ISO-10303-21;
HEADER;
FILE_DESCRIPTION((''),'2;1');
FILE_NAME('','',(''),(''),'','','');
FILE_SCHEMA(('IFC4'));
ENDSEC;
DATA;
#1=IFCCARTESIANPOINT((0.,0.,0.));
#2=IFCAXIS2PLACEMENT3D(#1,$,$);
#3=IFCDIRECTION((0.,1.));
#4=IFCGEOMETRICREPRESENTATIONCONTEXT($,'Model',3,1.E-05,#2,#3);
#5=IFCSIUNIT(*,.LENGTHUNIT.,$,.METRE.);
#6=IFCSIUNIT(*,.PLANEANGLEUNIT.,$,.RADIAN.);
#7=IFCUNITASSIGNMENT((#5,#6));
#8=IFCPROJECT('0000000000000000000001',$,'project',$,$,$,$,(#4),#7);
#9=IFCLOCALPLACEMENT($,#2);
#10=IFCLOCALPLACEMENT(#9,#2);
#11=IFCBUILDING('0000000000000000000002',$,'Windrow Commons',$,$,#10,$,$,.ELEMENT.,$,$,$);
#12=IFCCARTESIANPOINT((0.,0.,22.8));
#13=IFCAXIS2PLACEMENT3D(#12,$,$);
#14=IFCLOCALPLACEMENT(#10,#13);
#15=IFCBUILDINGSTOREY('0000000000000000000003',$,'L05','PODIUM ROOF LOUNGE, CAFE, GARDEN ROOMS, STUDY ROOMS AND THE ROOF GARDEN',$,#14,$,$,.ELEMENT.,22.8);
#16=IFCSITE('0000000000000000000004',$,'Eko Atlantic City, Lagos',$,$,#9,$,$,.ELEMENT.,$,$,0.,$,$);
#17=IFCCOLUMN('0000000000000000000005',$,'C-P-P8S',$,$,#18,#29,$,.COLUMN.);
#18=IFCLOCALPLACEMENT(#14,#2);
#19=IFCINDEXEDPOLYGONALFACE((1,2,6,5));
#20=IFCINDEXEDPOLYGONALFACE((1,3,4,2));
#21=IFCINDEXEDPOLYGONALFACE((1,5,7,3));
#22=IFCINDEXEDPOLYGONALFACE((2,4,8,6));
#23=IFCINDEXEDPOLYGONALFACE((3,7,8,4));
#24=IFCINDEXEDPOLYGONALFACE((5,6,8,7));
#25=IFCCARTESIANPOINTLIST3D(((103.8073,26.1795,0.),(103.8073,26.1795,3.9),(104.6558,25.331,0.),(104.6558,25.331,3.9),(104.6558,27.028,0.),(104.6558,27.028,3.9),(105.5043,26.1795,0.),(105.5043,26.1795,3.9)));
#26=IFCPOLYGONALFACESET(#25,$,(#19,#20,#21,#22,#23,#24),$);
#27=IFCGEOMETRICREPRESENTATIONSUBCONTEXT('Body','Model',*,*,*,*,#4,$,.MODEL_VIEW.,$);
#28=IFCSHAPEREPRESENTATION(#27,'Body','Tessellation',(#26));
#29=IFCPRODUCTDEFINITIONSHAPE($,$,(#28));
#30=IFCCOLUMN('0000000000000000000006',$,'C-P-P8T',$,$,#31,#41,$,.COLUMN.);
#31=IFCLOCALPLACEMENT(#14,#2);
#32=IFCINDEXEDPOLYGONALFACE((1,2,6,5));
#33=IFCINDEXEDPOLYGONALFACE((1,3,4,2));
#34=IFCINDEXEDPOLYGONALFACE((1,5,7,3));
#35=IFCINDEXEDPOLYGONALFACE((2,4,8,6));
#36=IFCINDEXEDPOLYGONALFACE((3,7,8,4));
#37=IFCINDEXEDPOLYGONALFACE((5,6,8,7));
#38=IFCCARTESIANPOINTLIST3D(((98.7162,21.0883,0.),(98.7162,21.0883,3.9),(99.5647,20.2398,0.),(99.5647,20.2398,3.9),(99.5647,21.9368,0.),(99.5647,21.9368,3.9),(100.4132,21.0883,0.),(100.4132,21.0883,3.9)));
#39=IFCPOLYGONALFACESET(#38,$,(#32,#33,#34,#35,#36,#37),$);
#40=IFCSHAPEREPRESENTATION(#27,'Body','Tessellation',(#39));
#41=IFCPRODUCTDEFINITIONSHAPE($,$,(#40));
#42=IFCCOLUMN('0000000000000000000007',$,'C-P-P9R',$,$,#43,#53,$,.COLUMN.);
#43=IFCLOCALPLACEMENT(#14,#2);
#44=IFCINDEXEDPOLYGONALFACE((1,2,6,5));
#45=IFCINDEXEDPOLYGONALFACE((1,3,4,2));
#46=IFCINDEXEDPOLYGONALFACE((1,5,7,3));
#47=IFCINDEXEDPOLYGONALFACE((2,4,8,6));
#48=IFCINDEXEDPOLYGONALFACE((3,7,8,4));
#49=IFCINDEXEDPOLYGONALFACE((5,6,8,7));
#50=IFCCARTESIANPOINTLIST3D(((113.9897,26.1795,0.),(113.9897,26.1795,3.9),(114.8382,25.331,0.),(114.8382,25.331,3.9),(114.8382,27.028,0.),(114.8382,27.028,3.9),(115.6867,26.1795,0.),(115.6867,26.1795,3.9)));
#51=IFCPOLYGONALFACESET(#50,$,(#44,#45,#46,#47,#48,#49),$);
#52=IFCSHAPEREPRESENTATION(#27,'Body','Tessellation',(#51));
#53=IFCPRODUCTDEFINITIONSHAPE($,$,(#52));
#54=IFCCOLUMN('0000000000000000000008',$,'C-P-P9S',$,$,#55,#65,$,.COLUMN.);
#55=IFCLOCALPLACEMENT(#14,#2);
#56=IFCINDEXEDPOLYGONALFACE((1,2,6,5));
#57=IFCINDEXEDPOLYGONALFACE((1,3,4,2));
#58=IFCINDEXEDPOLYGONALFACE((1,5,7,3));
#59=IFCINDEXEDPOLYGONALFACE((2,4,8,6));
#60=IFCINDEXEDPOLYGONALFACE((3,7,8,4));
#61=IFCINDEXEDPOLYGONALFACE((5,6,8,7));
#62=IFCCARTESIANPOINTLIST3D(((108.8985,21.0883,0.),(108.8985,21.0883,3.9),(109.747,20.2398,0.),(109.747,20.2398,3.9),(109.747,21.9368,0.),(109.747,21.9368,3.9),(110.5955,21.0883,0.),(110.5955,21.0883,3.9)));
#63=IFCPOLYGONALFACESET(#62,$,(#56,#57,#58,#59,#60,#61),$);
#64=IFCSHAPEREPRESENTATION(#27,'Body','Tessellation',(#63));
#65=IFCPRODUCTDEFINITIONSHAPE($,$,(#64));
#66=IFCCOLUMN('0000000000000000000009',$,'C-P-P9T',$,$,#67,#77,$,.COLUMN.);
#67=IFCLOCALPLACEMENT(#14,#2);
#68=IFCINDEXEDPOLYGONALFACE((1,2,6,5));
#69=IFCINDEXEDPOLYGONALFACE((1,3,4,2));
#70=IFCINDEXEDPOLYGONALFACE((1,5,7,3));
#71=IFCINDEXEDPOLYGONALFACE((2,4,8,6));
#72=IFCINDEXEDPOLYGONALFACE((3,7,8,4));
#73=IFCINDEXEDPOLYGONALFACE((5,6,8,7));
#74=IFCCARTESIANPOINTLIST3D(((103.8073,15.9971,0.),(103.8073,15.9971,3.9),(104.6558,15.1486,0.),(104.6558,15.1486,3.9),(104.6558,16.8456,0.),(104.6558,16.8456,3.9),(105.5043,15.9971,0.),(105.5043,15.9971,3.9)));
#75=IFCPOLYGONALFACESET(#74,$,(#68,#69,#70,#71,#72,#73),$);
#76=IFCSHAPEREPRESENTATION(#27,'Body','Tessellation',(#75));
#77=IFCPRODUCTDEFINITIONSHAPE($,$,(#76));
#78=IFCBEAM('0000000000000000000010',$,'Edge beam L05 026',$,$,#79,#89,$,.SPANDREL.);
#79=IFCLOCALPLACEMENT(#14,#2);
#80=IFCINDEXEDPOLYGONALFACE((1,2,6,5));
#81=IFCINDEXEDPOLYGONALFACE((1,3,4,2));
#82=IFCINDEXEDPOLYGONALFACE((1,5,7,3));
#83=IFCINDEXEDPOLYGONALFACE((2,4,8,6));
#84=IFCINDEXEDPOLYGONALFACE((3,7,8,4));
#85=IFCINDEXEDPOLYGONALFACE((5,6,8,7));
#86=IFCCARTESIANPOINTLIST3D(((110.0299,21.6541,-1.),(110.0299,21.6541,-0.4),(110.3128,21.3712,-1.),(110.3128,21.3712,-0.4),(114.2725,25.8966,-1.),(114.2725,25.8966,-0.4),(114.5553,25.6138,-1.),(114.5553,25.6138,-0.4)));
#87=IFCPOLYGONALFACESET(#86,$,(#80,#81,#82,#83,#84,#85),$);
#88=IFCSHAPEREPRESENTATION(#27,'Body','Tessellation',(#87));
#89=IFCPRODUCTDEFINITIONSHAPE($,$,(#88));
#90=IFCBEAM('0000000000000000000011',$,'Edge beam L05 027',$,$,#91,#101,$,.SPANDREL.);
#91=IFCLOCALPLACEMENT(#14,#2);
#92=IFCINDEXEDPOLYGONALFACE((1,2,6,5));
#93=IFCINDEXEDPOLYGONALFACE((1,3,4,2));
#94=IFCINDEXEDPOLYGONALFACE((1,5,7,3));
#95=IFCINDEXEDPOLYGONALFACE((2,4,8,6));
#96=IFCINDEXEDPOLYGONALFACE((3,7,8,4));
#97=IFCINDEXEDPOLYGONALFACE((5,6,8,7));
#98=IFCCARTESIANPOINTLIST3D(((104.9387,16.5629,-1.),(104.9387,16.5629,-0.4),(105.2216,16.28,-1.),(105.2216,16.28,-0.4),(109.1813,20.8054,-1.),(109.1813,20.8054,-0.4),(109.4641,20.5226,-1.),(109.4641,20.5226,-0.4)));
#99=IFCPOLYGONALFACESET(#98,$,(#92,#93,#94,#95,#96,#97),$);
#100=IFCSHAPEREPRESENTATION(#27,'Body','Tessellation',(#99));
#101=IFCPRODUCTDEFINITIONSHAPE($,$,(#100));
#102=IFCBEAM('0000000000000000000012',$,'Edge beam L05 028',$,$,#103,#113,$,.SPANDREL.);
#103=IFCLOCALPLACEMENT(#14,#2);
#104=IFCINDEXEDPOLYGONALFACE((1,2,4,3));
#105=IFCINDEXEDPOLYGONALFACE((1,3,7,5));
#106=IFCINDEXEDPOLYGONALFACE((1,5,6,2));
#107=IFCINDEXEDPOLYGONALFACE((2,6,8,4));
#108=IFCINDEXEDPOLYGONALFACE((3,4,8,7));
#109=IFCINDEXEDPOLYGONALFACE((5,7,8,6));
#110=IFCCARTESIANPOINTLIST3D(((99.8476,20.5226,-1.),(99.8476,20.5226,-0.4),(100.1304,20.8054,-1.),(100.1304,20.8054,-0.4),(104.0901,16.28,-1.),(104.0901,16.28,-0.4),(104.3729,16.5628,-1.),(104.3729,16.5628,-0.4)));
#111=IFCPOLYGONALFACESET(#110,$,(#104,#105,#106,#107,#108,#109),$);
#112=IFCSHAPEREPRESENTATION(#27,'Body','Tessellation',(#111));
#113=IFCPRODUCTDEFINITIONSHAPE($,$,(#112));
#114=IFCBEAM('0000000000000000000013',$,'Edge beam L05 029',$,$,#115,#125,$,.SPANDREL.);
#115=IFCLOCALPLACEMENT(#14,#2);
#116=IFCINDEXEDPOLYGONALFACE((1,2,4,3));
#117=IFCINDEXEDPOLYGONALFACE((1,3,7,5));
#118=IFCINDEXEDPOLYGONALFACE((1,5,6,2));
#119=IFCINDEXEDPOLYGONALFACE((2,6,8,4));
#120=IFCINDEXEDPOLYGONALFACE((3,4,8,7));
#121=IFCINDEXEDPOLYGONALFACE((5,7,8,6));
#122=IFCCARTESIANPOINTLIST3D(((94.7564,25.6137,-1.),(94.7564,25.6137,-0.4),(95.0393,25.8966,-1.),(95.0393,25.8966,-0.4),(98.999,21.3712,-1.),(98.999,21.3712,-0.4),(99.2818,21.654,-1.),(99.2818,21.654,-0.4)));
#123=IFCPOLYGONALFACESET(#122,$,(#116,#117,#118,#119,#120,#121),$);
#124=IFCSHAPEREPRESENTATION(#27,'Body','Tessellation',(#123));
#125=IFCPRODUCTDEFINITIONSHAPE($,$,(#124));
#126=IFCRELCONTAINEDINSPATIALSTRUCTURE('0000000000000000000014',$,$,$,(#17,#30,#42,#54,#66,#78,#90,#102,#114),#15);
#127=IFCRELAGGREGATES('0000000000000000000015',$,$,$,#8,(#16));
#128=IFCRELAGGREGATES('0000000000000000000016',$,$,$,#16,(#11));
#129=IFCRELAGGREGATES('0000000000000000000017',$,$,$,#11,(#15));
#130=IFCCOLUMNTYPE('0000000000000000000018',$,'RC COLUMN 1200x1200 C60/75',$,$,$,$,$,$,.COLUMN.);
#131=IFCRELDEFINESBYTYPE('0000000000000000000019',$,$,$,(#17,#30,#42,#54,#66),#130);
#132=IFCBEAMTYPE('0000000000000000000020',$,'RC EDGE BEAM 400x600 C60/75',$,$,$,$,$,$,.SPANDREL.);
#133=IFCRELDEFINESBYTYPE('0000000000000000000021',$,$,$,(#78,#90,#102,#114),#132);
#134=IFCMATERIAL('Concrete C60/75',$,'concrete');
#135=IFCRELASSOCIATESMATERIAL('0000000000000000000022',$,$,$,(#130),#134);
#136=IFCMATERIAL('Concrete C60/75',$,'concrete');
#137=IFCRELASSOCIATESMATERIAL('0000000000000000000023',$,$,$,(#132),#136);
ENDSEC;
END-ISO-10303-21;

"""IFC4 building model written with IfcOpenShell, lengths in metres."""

from ifc_helpers import new_model, si_unit, direction, frame, origin, origin_2d, place, context, subcontext, project, spatial, rectangle, extrude, material, material_profile, profile_set, type_object, element, save


model = new_model("IFC4")

# Units and contexts
model_context = context("Model", 3, precision=1e-05, world=origin(), true_north=direction((0.0, 1.0)))
body_context = subcontext(model_context, "Body", "Model", "MODEL_VIEW")
ifc_project = project(units=[si_unit("LENGTHUNIT", "METRE"), si_unit("PLANEANGLEUNIT", "RADIAN")], contexts=[model_context])

# Site, building, storey
site_placement = place(None, origin())
site = spatial("IfcSite", under=ifc_project, at=site_placement, Name="Eko Atlantic City, Lagos", CompositionType="ELEMENT", RefElevation=0.0)
building_placement = place(site_placement, origin())
building = spatial("IfcBuilding", under=site, at=building_placement, Name="Windrow Commons", CompositionType="ELEMENT")
storey_placement = place(building_placement, frame((0.0, 0.0, 22.8)))
storey = spatial("IfcBuildingStorey", under=building, at=storey_placement, Name="L05", Description="PODIUM ROOF LOUNGE, CAFE, GARDEN ROOMS, STUDY ROOMS AND THE ROOF GARDEN", CompositionType="ELEMENT", Elevation=22.8)

# Columns
ifc_material_1 = material(Name="Concrete C60/75", Category="concrete")
ifc_material_profile_1 = material_profile(ifc_material_1, rectangle(XDim=1.2, YDim=1.2, at=origin_2d()))
ifc_profile_set_1 = profile_set([ifc_material_profile_1], Name="Concrete C60/75")
column_type = type_object("IfcColumnType", Name="RC COLUMN 1200x1200 C60/75", PredefinedType="COLUMN", material=ifc_profile_set_1)
for number, where, z_axis, x_axis, name in (
    (1, (104.6558, 26.1795, 0.0), (0.0, 0.0, 1.0), (0.707107, -0.707107, 0.0), "C-P-P8S"),
    (2, (99.5647, 21.0883, 0.0), (0.0, 0.0, 1.0), (0.707107, -0.707107, 0.0), "C-P-P8T"),
    (3, (114.8382, 26.1795, 0.0), (0.0, 0.0, 1.0), (0.707107, -0.707107, 0.0), "C-P-P9R"),
    (4, (109.747, 21.0883, 0.0), (0.0, 0.0, 1.0), (0.707107, -0.707107, 0.0), "C-P-P9S"),
    (5, (104.6558, 15.9971, 0.0), (0.0, 0.0, 1.0), (0.707107, -0.707107, 0.0), "C-P-P9T"),
):
    element("IfcColumn", number, at=place(storey_placement, frame(where, z_axis=z_axis, x_axis=x_axis)), inside=storey, type_object=column_type, Name=name, PredefinedType="COLUMN", context=body_context, shape_type="SweptSolid", body=[
        extrude(rectangle(XDim=1.2, YDim=1.2, at=origin_2d()), origin(), (0.0, 0.0, 1.0), 3.9),
    ])

# Beams
ifc_material_2 = material(Name="Concrete C60/75", Category="concrete")
ifc_material_profile_2 = material_profile(ifc_material_2, rectangle(XDim=0.4, YDim=0.6, at=origin_2d()))
ifc_profile_set_2 = profile_set([ifc_material_profile_2], Name="Concrete C60/75")
beam_type = type_object("IfcBeamType", Name="RC EDGE BEAM 400x600 C60/75", PredefinedType="SPANDREL", material=ifc_profile_set_2)
for number, where, z_axis, x_axis, name in (
    (6, (114.4139, 25.7552, -0.7), (-0.707107, -0.707107, 0.0), (0.707107, -0.707107, 0.0), "Edge beam L05 026"),
    (7, (109.3227, 20.664, -0.7), (-0.707107, -0.707107, 0.0), (0.707107, -0.707107, 0.0), "Edge beam L05 027"),
    (8, (104.2315, 16.4214, -0.7), (-0.707098, 0.707115, 0.0), (-0.707115, -0.707098, 0.0), "Edge beam L05 028"),
    (9, (99.1404, 21.5126, -0.7), (-0.707107, 0.707107, 0.0), (-0.707107, -0.707107, 0.0), "Edge beam L05 029"),
):
    element("IfcBeam", number, at=place(storey_placement, frame(where, z_axis=z_axis, x_axis=x_axis)), inside=storey, type_object=beam_type, Name=name, PredefinedType="SPANDREL", context=body_context, shape_type="SweptSolid", body=[
        extrude(rectangle(XDim=0.4, YDim=0.6, at=origin_2d()), origin(), (0.0, 0.0, 1.0), 5.9999),
    ])

save(model, "model.ifc")
